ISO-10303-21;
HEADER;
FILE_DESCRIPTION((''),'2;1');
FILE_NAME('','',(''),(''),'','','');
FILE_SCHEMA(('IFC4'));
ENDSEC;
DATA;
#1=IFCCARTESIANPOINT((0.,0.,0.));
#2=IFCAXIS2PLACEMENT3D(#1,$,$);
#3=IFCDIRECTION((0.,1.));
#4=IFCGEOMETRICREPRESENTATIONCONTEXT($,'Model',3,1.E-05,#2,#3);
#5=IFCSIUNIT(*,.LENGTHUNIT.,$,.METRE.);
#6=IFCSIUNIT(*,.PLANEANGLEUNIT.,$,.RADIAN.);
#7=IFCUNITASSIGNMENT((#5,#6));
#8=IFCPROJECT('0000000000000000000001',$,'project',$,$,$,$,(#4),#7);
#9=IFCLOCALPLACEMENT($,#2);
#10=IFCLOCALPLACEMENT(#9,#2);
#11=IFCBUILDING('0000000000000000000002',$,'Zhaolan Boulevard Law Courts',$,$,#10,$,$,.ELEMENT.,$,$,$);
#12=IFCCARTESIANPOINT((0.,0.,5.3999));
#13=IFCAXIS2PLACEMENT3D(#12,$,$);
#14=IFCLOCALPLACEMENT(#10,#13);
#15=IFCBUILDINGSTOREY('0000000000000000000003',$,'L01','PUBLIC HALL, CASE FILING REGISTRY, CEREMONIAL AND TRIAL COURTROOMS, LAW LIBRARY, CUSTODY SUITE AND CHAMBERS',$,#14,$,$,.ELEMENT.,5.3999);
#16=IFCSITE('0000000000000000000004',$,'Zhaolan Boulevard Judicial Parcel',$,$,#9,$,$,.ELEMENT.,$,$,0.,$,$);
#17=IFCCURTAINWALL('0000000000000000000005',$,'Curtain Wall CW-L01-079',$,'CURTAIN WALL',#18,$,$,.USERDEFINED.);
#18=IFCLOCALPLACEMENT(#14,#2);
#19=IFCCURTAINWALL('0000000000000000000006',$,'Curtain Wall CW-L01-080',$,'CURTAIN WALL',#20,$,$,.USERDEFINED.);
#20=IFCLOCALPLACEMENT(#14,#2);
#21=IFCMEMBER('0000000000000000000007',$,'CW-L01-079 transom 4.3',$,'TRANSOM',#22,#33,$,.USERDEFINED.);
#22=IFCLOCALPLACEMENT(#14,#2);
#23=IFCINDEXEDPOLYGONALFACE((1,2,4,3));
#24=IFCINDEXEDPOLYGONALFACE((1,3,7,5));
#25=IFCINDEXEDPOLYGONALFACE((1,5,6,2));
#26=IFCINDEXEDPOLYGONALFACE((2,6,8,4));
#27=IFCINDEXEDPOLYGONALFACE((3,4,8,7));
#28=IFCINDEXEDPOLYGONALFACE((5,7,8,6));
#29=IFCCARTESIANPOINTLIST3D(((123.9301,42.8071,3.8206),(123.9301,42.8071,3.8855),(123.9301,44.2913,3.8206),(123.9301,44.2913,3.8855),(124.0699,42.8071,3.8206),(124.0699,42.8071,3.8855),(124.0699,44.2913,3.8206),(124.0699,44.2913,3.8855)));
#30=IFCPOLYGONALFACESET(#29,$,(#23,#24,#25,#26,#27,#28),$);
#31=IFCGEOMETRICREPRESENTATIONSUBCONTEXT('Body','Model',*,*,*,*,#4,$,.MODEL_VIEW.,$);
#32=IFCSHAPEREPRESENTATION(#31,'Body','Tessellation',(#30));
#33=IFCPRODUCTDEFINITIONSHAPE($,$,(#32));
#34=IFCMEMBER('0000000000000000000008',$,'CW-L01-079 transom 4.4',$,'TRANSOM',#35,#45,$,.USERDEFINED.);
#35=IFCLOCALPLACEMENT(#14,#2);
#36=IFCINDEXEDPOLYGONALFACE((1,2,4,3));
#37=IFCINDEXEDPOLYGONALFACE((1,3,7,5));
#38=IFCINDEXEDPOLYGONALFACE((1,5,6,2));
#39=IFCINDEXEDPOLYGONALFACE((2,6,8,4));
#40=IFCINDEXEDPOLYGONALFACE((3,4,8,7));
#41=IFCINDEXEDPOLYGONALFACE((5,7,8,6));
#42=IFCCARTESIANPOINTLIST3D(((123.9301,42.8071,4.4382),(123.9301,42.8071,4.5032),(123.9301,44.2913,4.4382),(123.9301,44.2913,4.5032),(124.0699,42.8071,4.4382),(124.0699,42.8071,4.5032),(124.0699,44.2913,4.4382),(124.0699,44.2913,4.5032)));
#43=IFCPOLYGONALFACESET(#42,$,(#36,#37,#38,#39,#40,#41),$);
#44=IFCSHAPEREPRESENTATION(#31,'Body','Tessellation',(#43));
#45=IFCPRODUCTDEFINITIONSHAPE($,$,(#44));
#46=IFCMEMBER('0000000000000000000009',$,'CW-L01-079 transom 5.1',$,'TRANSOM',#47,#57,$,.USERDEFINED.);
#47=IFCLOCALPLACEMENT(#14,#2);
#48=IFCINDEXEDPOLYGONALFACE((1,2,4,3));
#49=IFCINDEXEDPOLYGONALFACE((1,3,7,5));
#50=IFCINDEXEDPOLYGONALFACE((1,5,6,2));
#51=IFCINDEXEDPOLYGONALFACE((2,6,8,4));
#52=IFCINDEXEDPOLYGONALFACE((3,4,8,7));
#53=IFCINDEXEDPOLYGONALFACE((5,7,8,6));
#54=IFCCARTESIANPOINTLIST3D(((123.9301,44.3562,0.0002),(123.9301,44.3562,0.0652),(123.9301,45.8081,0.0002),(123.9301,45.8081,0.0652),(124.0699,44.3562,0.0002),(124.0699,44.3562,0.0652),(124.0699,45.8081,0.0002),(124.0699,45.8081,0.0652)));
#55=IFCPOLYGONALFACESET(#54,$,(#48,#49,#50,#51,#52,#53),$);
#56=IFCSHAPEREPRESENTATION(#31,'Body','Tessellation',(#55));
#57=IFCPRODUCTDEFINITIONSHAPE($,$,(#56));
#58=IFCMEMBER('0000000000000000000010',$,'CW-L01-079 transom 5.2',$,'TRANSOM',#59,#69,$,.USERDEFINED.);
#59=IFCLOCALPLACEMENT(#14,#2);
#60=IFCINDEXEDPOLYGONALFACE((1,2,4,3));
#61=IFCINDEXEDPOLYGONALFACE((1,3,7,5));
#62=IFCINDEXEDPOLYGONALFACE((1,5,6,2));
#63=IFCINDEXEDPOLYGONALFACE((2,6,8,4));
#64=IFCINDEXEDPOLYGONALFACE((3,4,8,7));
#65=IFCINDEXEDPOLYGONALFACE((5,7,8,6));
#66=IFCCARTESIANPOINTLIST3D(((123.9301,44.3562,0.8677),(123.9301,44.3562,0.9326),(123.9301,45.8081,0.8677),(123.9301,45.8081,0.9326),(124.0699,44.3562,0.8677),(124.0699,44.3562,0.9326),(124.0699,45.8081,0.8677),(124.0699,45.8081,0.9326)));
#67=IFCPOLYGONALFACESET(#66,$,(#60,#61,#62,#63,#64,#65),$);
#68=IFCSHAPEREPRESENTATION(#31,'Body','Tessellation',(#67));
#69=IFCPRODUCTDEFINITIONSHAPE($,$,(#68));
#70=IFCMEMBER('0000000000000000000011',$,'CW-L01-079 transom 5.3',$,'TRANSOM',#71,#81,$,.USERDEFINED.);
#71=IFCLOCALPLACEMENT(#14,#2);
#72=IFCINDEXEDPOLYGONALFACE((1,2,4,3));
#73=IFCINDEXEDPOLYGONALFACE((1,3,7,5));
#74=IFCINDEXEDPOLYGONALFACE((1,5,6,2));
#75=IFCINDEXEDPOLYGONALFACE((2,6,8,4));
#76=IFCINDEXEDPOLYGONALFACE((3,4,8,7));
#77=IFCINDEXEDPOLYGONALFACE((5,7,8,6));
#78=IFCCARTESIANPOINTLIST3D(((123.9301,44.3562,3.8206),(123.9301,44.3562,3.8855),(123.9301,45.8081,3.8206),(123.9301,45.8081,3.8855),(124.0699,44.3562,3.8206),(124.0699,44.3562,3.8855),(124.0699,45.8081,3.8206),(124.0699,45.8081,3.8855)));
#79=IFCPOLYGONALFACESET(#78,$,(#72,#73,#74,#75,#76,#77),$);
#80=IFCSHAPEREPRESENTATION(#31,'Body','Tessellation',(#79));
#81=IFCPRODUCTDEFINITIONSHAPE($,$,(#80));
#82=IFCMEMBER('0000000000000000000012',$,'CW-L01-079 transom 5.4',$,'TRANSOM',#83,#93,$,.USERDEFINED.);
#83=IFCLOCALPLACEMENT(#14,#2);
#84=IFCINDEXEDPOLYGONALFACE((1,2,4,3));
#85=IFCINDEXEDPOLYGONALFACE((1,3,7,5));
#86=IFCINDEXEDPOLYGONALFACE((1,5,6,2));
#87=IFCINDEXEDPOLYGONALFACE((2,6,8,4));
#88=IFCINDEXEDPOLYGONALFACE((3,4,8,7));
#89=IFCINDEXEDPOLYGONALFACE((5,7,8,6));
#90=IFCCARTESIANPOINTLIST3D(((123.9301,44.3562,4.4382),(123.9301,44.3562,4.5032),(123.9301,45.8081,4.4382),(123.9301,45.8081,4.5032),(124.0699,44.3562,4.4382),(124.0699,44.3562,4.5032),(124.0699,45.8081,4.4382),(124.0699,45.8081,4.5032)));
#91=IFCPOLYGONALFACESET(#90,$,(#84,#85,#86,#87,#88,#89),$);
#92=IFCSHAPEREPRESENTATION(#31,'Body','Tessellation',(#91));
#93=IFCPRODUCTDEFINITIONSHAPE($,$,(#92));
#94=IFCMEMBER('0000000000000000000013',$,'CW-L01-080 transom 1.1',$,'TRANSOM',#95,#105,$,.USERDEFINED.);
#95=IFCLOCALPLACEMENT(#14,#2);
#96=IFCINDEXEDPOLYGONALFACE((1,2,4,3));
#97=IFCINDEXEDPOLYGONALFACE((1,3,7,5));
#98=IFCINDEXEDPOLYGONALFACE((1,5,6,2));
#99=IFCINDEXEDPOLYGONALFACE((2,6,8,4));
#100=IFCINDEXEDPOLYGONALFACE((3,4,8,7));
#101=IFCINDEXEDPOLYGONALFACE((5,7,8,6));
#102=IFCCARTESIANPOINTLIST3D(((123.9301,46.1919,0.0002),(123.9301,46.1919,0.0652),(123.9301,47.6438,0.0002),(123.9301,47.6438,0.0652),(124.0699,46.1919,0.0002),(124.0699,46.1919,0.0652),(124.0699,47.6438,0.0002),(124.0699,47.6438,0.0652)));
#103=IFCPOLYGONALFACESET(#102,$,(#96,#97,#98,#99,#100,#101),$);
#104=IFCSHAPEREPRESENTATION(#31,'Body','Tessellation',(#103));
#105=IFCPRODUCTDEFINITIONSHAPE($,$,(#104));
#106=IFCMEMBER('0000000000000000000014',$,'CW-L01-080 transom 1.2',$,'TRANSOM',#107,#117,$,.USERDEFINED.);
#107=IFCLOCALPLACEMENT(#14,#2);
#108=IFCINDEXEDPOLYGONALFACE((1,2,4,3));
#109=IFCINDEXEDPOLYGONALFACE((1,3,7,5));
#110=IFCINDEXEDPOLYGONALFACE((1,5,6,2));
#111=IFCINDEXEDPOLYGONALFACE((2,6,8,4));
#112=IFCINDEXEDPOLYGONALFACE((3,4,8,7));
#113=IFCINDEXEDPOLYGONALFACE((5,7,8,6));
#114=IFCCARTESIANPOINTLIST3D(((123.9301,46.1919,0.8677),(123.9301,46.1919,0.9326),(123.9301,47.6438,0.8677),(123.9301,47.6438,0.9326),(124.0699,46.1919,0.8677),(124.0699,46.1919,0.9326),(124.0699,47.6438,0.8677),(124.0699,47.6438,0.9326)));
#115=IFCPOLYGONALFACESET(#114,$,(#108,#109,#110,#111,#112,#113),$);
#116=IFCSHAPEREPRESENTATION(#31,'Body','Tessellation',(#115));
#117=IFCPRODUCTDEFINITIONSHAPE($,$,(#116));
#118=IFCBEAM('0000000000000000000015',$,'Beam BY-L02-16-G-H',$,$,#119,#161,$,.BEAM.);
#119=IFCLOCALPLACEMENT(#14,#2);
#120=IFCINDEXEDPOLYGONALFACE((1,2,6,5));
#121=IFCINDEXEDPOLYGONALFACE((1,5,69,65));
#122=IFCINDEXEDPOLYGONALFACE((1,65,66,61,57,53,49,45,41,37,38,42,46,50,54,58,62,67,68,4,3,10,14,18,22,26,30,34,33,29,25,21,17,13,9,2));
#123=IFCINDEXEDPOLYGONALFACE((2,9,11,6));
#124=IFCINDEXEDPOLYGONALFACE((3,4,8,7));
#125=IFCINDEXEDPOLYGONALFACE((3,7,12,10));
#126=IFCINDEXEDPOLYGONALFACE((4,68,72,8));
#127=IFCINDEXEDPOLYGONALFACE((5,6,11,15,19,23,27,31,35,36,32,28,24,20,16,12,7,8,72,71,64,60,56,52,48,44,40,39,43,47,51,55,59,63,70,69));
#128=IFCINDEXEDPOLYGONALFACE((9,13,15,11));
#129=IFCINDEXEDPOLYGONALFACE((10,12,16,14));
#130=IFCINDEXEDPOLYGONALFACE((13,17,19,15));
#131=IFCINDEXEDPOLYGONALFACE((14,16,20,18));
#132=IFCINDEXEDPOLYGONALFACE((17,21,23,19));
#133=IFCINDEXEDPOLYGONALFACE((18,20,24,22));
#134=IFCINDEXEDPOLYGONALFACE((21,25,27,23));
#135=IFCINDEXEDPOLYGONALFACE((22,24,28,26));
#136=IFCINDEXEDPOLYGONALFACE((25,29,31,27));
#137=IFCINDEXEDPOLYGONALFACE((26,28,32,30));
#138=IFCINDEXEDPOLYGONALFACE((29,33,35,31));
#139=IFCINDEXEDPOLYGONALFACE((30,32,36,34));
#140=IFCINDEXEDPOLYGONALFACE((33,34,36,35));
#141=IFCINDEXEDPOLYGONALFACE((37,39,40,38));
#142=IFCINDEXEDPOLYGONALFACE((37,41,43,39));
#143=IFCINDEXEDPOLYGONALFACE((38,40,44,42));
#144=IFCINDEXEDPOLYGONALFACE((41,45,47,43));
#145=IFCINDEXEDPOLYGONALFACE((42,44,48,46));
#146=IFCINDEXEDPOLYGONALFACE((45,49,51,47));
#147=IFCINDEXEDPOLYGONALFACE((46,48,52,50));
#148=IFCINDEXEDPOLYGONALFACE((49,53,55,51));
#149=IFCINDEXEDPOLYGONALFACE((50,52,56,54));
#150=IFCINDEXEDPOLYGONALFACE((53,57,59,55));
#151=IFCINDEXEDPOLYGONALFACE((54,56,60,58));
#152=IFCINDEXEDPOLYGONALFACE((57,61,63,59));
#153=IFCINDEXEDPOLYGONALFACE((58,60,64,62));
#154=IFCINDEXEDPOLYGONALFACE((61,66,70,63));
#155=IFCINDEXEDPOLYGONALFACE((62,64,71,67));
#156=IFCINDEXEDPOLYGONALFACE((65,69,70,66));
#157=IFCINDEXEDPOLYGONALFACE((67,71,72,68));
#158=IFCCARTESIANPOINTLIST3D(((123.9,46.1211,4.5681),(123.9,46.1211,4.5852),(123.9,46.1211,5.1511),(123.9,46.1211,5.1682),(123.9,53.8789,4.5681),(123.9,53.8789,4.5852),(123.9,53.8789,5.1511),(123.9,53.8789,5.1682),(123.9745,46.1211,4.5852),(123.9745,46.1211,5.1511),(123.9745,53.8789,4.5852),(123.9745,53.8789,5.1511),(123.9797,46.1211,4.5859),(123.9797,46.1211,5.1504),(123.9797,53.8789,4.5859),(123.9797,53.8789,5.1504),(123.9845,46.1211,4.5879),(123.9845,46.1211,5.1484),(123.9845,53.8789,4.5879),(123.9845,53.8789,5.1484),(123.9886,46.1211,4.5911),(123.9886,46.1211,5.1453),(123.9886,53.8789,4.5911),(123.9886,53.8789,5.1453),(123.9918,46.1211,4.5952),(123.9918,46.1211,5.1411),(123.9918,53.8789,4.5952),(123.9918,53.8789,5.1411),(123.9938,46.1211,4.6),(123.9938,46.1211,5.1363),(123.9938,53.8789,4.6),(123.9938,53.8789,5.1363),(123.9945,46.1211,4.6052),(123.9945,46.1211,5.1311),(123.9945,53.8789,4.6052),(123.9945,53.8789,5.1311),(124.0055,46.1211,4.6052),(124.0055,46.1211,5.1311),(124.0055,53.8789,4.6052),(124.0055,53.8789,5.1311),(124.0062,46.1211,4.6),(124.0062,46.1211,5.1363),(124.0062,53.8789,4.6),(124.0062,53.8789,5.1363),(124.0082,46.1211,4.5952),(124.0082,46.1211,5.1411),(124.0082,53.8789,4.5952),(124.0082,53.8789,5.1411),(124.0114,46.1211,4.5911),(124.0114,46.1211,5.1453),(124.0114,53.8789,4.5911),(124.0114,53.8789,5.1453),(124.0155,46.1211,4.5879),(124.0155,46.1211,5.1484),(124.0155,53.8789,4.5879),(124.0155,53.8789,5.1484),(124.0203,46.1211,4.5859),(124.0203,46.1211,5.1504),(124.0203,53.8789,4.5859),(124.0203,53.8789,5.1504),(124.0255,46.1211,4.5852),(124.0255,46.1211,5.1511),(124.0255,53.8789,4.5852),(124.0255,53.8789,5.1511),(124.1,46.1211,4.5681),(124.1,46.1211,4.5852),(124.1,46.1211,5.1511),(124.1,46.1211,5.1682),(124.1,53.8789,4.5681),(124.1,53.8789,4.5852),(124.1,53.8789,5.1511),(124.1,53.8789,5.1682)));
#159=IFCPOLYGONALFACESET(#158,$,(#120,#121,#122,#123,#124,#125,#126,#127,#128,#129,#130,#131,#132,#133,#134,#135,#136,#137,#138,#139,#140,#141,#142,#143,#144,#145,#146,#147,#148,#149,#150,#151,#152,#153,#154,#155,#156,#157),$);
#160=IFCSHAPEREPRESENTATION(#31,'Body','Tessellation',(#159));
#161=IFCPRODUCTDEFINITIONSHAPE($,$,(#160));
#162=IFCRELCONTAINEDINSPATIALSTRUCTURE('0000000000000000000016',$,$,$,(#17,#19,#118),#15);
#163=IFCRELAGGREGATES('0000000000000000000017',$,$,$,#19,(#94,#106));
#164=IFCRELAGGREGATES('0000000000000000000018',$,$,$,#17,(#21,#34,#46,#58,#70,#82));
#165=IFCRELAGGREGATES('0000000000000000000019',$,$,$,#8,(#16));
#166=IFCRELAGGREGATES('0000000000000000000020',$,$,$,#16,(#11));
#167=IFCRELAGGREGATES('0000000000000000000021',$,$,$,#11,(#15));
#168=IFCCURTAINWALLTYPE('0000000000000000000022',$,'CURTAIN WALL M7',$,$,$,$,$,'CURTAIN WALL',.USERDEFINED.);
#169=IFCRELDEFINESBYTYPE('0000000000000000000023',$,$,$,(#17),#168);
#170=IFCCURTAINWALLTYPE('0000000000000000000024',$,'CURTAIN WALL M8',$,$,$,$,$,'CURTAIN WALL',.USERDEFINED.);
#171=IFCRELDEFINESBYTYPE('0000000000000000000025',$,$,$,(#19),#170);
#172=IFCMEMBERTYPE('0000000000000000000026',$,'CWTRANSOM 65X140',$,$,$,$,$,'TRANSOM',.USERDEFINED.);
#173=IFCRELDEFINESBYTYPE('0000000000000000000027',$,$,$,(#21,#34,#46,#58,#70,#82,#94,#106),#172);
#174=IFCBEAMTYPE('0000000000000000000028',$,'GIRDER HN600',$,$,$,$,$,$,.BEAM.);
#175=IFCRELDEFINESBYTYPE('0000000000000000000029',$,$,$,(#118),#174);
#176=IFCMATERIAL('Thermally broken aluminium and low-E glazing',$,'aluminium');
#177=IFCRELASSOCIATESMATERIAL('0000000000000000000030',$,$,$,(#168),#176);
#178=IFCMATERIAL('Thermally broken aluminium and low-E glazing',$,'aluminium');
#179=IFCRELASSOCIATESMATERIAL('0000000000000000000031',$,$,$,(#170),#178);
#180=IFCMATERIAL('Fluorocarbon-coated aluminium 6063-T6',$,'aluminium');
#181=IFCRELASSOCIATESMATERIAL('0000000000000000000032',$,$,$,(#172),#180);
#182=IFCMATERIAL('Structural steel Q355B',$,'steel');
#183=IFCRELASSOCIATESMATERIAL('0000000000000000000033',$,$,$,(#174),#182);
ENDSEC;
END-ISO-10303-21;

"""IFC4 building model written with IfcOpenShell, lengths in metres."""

from ifc_helpers import new_model, si_unit, direction, frame, origin, origin_2d, place, context, subcontext, project, spatial, rectangle, i_section, extrude, material, material_profile, profile_set, type_object, element, aggregate, save


model = new_model("IFC4")

# Units and contexts
model_context = context("Model", 3, precision=1e-05, world=origin(), true_north=direction((0.0, 1.0)))
body_context = subcontext(model_context, "Body", "Model", "MODEL_VIEW")
ifc_project = project(units=[si_unit("LENGTHUNIT", "METRE"), si_unit("PLANEANGLEUNIT", "RADIAN")], contexts=[model_context])

# Site, building, storey
site_placement = place(None, origin())
site = spatial("IfcSite", under=ifc_project, at=site_placement, Name="Zhaolan Boulevard Judicial Parcel", CompositionType="ELEMENT", RefElevation=0.0)
building_placement = place(site_placement, origin())
building = spatial("IfcBuilding", under=site, at=building_placement, Name="Zhaolan Boulevard Law Courts", CompositionType="ELEMENT")
storey_placement = place(building_placement, frame((0.0, 0.0, 5.3999)))
storey = spatial("IfcBuildingStorey", under=building, at=storey_placement, Name="L01", Description="PUBLIC HALL, CASE FILING REGISTRY, CEREMONIAL AND TRIAL COURTROOMS, LAW LIBRARY, CUSTODY SUITE AND CHAMBERS", CompositionType="ELEMENT", Elevation=5.3999)

# Curtain wall
ifc_material_1 = material(Name="Thermally broken aluminium and low-E glazing", Category="aluminium")
curtain_wall_type_1 = type_object("IfcCurtainWallType", Name="CURTAIN WALL M7", ElementType="CURTAIN WALL", PredefinedType="USERDEFINED", material=ifc_material_1)
curtain_wall_1_placement = place(storey_placement, origin())
curtain_wall_1 = element("IfcCurtainWall", 1, at=curtain_wall_1_placement, inside=storey, type_object=curtain_wall_type_1, Name="Curtain Wall CW-L01-079", ObjectType="CURTAIN WALL", PredefinedType="USERDEFINED")

# Curtain wall
ifc_material_2 = material(Name="Thermally broken aluminium and low-E glazing", Category="aluminium")
curtain_wall_type_2 = type_object("IfcCurtainWallType", Name="CURTAIN WALL M8", ElementType="CURTAIN WALL", PredefinedType="USERDEFINED", material=ifc_material_2)
curtain_wall_2_placement = place(storey_placement, origin())
curtain_wall_2 = element("IfcCurtainWall", 2, at=curtain_wall_2_placement, inside=storey, type_object=curtain_wall_type_2, Name="Curtain Wall CW-L01-080", ObjectType="CURTAIN WALL", PredefinedType="USERDEFINED")

# Members
ifc_material_3 = material(Name="Fluorocarbon-coated aluminium 6063-T6", Category="aluminium")
ifc_material_profile_1 = material_profile(ifc_material_3, rectangle(XDim=0.1399, YDim=0.0649, at=origin_2d()), Name="AL65x140")
ifc_profile_set_1 = profile_set([ifc_material_profile_1], Name="Fluorocarbon-coated aluminium 6063-T6")
member_type_1 = type_object("IfcMemberType", Name="CWTRANSOM 65X140", ElementType="TRANSOM", PredefinedType="USERDEFINED", material=ifc_profile_set_1)
member_1_placement = place(storey_placement, frame((124.0, 42.8071, 3.853), z_axis=(0.0, 1.0, 0.0), x_axis=(-1.0, 0.0, 0.0)))
member_1 = element("IfcMember", 3, at=member_1_placement, type_object=member_type_1, Name="CW-L01-079 transom 4.3", ObjectType="TRANSOM", PredefinedType="USERDEFINED", context=body_context, shape_type="SweptSolid", body=[
    extrude(rectangle(XDim=0.1399, YDim=0.0649, at=origin_2d()), origin(), (0.0, 0.0, 1.0), 1.4841),
])
member_2_placement = place(storey_placement, frame((124.0, 42.8071, 4.4707), z_axis=(0.0, 1.0, 0.0), x_axis=(-1.0, 0.0, 0.0)))
member_2 = element("IfcMember", 4, at=member_2_placement, type_object=member_type_1, Name="CW-L01-079 transom 4.4", ObjectType="TRANSOM", PredefinedType="USERDEFINED", context=body_context, shape_type="SweptSolid", body=[
    extrude(rectangle(XDim=0.1399, YDim=0.0649, at=origin_2d()), origin(), (0.0, 0.0, 1.0), 1.4841),
])
member_3_placement = place(storey_placement, frame((124.0, 44.3562, 0.0327), z_axis=(0.0, 1.0, 0.0), x_axis=(-1.0, 0.0, 0.0)))
member_3 = element("IfcMember", 5, at=member_3_placement, type_object=member_type_1, Name="CW-L01-079 transom 5.1", ObjectType="TRANSOM", PredefinedType="USERDEFINED", context=body_context, shape_type="SweptSolid", body=[
    extrude(rectangle(XDim=0.1399, YDim=0.0649, at=origin_2d()), origin(), (0.0, 0.0, 1.0), 1.4519),
])
member_4_placement = place(storey_placement, frame((124.0, 44.3562, 0.9001), z_axis=(0.0, 1.0, 0.0), x_axis=(-1.0, 0.0, 0.0)))
member_4 = element("IfcMember", 6, at=member_4_placement, type_object=member_type_1, Name="CW-L01-079 transom 5.2", ObjectType="TRANSOM", PredefinedType="USERDEFINED", context=body_context, shape_type="SweptSolid", body=[
    extrude(rectangle(XDim=0.1399, YDim=0.0649, at=origin_2d()), origin(), (0.0, 0.0, 1.0), 1.4519),
])
member_5_placement = place(storey_placement, frame((124.0, 44.3562, 3.853), z_axis=(0.0, 1.0, 0.0), x_axis=(-1.0, 0.0, 0.0)))
member_5 = element("IfcMember", 7, at=member_5_placement, type_object=member_type_1, Name="CW-L01-079 transom 5.3", ObjectType="TRANSOM", PredefinedType="USERDEFINED", context=body_context, shape_type="SweptSolid", body=[
    extrude(rectangle(XDim=0.1399, YDim=0.0649, at=origin_2d()), origin(), (0.0, 0.0, 1.0), 1.4519),
])
member_6_placement = place(storey_placement, frame((124.0, 44.3562, 4.4707), z_axis=(0.0, 1.0, 0.0), x_axis=(-1.0, 0.0, 0.0)))
member_6 = element("IfcMember", 8, at=member_6_placement, type_object=member_type_1, Name="CW-L01-079 transom 5.4", ObjectType="TRANSOM", PredefinedType="USERDEFINED", context=body_context, shape_type="SweptSolid", body=[
    extrude(rectangle(XDim=0.1399, YDim=0.0649, at=origin_2d()), origin(), (0.0, 0.0, 1.0), 1.4519),
])
member_7_placement = place(storey_placement, frame((124.0, 46.1919, 0.0327), z_axis=(0.0, 1.0, 0.0), x_axis=(-1.0, 0.0, 0.0)))
member_7 = element("IfcMember", 9, at=member_7_placement, type_object=member_type_1, Name="CW-L01-080 transom 1.1", ObjectType="TRANSOM", PredefinedType="USERDEFINED", context=body_context, shape_type="SweptSolid", body=[
    extrude(rectangle(XDim=0.1399, YDim=0.0649, at=origin_2d()), origin(), (0.0, 0.0, 1.0), 1.4519),
])
member_8_placement = place(storey_placement, frame((124.0, 46.1919, 0.9001), z_axis=(0.0, 1.0, 0.0), x_axis=(-1.0, 0.0, 0.0)))
member_8 = element("IfcMember", 10, at=member_8_placement, type_object=member_type_1, Name="CW-L01-080 transom 1.2", ObjectType="TRANSOM", PredefinedType="USERDEFINED", context=body_context, shape_type="SweptSolid", body=[
    extrude(rectangle(XDim=0.1399, YDim=0.0649, at=origin_2d()), origin(), (0.0, 0.0, 1.0), 1.4519),
])
aggregate(curtain_wall_2, [member_7, member_8])

# Beam
ifc_material_4 = material(Name="Structural steel Q355B", Category="steel")
ifc_material_profile_2 = material_profile(ifc_material_4, i_section(OverallWidth=0.2, OverallDepth=0.6001, WebThickness=0.011, FlangeThickness=0.0171, FilletRadius=0.02, at=origin_2d()), Name="HN600x200")
ifc_profile_set_2 = profile_set([ifc_material_profile_2], Name="Structural steel Q355B")
beam_type_1 = type_object("IfcBeamType", Name="GIRDER HN600", PredefinedType="BEAM", material=ifc_profile_set_2)
beam_1_placement = place(storey_placement, frame((124.0, 46.1211, 4.8682), z_axis=(0.0, 1.0, 0.0), x_axis=(-1.0, 0.0, 0.0)))
element("IfcBeam", 11, at=beam_1_placement, inside=storey, type_object=beam_type_1, Name="Beam BY-L02-16-G-H", PredefinedType="BEAM", context=body_context, shape_type="SweptSolid", body=[
    extrude(i_section(OverallWidth=0.2, OverallDepth=0.6001, WebThickness=0.011, FlangeThickness=0.0171, FilletRadius=0.02, at=origin_2d()), origin(), (0.0, 0.0, 1.0), 7.7578),
])

aggregate(curtain_wall_1, [member_1, member_2, member_3, member_4, member_5, member_6])

save(model, "model.ifc")
